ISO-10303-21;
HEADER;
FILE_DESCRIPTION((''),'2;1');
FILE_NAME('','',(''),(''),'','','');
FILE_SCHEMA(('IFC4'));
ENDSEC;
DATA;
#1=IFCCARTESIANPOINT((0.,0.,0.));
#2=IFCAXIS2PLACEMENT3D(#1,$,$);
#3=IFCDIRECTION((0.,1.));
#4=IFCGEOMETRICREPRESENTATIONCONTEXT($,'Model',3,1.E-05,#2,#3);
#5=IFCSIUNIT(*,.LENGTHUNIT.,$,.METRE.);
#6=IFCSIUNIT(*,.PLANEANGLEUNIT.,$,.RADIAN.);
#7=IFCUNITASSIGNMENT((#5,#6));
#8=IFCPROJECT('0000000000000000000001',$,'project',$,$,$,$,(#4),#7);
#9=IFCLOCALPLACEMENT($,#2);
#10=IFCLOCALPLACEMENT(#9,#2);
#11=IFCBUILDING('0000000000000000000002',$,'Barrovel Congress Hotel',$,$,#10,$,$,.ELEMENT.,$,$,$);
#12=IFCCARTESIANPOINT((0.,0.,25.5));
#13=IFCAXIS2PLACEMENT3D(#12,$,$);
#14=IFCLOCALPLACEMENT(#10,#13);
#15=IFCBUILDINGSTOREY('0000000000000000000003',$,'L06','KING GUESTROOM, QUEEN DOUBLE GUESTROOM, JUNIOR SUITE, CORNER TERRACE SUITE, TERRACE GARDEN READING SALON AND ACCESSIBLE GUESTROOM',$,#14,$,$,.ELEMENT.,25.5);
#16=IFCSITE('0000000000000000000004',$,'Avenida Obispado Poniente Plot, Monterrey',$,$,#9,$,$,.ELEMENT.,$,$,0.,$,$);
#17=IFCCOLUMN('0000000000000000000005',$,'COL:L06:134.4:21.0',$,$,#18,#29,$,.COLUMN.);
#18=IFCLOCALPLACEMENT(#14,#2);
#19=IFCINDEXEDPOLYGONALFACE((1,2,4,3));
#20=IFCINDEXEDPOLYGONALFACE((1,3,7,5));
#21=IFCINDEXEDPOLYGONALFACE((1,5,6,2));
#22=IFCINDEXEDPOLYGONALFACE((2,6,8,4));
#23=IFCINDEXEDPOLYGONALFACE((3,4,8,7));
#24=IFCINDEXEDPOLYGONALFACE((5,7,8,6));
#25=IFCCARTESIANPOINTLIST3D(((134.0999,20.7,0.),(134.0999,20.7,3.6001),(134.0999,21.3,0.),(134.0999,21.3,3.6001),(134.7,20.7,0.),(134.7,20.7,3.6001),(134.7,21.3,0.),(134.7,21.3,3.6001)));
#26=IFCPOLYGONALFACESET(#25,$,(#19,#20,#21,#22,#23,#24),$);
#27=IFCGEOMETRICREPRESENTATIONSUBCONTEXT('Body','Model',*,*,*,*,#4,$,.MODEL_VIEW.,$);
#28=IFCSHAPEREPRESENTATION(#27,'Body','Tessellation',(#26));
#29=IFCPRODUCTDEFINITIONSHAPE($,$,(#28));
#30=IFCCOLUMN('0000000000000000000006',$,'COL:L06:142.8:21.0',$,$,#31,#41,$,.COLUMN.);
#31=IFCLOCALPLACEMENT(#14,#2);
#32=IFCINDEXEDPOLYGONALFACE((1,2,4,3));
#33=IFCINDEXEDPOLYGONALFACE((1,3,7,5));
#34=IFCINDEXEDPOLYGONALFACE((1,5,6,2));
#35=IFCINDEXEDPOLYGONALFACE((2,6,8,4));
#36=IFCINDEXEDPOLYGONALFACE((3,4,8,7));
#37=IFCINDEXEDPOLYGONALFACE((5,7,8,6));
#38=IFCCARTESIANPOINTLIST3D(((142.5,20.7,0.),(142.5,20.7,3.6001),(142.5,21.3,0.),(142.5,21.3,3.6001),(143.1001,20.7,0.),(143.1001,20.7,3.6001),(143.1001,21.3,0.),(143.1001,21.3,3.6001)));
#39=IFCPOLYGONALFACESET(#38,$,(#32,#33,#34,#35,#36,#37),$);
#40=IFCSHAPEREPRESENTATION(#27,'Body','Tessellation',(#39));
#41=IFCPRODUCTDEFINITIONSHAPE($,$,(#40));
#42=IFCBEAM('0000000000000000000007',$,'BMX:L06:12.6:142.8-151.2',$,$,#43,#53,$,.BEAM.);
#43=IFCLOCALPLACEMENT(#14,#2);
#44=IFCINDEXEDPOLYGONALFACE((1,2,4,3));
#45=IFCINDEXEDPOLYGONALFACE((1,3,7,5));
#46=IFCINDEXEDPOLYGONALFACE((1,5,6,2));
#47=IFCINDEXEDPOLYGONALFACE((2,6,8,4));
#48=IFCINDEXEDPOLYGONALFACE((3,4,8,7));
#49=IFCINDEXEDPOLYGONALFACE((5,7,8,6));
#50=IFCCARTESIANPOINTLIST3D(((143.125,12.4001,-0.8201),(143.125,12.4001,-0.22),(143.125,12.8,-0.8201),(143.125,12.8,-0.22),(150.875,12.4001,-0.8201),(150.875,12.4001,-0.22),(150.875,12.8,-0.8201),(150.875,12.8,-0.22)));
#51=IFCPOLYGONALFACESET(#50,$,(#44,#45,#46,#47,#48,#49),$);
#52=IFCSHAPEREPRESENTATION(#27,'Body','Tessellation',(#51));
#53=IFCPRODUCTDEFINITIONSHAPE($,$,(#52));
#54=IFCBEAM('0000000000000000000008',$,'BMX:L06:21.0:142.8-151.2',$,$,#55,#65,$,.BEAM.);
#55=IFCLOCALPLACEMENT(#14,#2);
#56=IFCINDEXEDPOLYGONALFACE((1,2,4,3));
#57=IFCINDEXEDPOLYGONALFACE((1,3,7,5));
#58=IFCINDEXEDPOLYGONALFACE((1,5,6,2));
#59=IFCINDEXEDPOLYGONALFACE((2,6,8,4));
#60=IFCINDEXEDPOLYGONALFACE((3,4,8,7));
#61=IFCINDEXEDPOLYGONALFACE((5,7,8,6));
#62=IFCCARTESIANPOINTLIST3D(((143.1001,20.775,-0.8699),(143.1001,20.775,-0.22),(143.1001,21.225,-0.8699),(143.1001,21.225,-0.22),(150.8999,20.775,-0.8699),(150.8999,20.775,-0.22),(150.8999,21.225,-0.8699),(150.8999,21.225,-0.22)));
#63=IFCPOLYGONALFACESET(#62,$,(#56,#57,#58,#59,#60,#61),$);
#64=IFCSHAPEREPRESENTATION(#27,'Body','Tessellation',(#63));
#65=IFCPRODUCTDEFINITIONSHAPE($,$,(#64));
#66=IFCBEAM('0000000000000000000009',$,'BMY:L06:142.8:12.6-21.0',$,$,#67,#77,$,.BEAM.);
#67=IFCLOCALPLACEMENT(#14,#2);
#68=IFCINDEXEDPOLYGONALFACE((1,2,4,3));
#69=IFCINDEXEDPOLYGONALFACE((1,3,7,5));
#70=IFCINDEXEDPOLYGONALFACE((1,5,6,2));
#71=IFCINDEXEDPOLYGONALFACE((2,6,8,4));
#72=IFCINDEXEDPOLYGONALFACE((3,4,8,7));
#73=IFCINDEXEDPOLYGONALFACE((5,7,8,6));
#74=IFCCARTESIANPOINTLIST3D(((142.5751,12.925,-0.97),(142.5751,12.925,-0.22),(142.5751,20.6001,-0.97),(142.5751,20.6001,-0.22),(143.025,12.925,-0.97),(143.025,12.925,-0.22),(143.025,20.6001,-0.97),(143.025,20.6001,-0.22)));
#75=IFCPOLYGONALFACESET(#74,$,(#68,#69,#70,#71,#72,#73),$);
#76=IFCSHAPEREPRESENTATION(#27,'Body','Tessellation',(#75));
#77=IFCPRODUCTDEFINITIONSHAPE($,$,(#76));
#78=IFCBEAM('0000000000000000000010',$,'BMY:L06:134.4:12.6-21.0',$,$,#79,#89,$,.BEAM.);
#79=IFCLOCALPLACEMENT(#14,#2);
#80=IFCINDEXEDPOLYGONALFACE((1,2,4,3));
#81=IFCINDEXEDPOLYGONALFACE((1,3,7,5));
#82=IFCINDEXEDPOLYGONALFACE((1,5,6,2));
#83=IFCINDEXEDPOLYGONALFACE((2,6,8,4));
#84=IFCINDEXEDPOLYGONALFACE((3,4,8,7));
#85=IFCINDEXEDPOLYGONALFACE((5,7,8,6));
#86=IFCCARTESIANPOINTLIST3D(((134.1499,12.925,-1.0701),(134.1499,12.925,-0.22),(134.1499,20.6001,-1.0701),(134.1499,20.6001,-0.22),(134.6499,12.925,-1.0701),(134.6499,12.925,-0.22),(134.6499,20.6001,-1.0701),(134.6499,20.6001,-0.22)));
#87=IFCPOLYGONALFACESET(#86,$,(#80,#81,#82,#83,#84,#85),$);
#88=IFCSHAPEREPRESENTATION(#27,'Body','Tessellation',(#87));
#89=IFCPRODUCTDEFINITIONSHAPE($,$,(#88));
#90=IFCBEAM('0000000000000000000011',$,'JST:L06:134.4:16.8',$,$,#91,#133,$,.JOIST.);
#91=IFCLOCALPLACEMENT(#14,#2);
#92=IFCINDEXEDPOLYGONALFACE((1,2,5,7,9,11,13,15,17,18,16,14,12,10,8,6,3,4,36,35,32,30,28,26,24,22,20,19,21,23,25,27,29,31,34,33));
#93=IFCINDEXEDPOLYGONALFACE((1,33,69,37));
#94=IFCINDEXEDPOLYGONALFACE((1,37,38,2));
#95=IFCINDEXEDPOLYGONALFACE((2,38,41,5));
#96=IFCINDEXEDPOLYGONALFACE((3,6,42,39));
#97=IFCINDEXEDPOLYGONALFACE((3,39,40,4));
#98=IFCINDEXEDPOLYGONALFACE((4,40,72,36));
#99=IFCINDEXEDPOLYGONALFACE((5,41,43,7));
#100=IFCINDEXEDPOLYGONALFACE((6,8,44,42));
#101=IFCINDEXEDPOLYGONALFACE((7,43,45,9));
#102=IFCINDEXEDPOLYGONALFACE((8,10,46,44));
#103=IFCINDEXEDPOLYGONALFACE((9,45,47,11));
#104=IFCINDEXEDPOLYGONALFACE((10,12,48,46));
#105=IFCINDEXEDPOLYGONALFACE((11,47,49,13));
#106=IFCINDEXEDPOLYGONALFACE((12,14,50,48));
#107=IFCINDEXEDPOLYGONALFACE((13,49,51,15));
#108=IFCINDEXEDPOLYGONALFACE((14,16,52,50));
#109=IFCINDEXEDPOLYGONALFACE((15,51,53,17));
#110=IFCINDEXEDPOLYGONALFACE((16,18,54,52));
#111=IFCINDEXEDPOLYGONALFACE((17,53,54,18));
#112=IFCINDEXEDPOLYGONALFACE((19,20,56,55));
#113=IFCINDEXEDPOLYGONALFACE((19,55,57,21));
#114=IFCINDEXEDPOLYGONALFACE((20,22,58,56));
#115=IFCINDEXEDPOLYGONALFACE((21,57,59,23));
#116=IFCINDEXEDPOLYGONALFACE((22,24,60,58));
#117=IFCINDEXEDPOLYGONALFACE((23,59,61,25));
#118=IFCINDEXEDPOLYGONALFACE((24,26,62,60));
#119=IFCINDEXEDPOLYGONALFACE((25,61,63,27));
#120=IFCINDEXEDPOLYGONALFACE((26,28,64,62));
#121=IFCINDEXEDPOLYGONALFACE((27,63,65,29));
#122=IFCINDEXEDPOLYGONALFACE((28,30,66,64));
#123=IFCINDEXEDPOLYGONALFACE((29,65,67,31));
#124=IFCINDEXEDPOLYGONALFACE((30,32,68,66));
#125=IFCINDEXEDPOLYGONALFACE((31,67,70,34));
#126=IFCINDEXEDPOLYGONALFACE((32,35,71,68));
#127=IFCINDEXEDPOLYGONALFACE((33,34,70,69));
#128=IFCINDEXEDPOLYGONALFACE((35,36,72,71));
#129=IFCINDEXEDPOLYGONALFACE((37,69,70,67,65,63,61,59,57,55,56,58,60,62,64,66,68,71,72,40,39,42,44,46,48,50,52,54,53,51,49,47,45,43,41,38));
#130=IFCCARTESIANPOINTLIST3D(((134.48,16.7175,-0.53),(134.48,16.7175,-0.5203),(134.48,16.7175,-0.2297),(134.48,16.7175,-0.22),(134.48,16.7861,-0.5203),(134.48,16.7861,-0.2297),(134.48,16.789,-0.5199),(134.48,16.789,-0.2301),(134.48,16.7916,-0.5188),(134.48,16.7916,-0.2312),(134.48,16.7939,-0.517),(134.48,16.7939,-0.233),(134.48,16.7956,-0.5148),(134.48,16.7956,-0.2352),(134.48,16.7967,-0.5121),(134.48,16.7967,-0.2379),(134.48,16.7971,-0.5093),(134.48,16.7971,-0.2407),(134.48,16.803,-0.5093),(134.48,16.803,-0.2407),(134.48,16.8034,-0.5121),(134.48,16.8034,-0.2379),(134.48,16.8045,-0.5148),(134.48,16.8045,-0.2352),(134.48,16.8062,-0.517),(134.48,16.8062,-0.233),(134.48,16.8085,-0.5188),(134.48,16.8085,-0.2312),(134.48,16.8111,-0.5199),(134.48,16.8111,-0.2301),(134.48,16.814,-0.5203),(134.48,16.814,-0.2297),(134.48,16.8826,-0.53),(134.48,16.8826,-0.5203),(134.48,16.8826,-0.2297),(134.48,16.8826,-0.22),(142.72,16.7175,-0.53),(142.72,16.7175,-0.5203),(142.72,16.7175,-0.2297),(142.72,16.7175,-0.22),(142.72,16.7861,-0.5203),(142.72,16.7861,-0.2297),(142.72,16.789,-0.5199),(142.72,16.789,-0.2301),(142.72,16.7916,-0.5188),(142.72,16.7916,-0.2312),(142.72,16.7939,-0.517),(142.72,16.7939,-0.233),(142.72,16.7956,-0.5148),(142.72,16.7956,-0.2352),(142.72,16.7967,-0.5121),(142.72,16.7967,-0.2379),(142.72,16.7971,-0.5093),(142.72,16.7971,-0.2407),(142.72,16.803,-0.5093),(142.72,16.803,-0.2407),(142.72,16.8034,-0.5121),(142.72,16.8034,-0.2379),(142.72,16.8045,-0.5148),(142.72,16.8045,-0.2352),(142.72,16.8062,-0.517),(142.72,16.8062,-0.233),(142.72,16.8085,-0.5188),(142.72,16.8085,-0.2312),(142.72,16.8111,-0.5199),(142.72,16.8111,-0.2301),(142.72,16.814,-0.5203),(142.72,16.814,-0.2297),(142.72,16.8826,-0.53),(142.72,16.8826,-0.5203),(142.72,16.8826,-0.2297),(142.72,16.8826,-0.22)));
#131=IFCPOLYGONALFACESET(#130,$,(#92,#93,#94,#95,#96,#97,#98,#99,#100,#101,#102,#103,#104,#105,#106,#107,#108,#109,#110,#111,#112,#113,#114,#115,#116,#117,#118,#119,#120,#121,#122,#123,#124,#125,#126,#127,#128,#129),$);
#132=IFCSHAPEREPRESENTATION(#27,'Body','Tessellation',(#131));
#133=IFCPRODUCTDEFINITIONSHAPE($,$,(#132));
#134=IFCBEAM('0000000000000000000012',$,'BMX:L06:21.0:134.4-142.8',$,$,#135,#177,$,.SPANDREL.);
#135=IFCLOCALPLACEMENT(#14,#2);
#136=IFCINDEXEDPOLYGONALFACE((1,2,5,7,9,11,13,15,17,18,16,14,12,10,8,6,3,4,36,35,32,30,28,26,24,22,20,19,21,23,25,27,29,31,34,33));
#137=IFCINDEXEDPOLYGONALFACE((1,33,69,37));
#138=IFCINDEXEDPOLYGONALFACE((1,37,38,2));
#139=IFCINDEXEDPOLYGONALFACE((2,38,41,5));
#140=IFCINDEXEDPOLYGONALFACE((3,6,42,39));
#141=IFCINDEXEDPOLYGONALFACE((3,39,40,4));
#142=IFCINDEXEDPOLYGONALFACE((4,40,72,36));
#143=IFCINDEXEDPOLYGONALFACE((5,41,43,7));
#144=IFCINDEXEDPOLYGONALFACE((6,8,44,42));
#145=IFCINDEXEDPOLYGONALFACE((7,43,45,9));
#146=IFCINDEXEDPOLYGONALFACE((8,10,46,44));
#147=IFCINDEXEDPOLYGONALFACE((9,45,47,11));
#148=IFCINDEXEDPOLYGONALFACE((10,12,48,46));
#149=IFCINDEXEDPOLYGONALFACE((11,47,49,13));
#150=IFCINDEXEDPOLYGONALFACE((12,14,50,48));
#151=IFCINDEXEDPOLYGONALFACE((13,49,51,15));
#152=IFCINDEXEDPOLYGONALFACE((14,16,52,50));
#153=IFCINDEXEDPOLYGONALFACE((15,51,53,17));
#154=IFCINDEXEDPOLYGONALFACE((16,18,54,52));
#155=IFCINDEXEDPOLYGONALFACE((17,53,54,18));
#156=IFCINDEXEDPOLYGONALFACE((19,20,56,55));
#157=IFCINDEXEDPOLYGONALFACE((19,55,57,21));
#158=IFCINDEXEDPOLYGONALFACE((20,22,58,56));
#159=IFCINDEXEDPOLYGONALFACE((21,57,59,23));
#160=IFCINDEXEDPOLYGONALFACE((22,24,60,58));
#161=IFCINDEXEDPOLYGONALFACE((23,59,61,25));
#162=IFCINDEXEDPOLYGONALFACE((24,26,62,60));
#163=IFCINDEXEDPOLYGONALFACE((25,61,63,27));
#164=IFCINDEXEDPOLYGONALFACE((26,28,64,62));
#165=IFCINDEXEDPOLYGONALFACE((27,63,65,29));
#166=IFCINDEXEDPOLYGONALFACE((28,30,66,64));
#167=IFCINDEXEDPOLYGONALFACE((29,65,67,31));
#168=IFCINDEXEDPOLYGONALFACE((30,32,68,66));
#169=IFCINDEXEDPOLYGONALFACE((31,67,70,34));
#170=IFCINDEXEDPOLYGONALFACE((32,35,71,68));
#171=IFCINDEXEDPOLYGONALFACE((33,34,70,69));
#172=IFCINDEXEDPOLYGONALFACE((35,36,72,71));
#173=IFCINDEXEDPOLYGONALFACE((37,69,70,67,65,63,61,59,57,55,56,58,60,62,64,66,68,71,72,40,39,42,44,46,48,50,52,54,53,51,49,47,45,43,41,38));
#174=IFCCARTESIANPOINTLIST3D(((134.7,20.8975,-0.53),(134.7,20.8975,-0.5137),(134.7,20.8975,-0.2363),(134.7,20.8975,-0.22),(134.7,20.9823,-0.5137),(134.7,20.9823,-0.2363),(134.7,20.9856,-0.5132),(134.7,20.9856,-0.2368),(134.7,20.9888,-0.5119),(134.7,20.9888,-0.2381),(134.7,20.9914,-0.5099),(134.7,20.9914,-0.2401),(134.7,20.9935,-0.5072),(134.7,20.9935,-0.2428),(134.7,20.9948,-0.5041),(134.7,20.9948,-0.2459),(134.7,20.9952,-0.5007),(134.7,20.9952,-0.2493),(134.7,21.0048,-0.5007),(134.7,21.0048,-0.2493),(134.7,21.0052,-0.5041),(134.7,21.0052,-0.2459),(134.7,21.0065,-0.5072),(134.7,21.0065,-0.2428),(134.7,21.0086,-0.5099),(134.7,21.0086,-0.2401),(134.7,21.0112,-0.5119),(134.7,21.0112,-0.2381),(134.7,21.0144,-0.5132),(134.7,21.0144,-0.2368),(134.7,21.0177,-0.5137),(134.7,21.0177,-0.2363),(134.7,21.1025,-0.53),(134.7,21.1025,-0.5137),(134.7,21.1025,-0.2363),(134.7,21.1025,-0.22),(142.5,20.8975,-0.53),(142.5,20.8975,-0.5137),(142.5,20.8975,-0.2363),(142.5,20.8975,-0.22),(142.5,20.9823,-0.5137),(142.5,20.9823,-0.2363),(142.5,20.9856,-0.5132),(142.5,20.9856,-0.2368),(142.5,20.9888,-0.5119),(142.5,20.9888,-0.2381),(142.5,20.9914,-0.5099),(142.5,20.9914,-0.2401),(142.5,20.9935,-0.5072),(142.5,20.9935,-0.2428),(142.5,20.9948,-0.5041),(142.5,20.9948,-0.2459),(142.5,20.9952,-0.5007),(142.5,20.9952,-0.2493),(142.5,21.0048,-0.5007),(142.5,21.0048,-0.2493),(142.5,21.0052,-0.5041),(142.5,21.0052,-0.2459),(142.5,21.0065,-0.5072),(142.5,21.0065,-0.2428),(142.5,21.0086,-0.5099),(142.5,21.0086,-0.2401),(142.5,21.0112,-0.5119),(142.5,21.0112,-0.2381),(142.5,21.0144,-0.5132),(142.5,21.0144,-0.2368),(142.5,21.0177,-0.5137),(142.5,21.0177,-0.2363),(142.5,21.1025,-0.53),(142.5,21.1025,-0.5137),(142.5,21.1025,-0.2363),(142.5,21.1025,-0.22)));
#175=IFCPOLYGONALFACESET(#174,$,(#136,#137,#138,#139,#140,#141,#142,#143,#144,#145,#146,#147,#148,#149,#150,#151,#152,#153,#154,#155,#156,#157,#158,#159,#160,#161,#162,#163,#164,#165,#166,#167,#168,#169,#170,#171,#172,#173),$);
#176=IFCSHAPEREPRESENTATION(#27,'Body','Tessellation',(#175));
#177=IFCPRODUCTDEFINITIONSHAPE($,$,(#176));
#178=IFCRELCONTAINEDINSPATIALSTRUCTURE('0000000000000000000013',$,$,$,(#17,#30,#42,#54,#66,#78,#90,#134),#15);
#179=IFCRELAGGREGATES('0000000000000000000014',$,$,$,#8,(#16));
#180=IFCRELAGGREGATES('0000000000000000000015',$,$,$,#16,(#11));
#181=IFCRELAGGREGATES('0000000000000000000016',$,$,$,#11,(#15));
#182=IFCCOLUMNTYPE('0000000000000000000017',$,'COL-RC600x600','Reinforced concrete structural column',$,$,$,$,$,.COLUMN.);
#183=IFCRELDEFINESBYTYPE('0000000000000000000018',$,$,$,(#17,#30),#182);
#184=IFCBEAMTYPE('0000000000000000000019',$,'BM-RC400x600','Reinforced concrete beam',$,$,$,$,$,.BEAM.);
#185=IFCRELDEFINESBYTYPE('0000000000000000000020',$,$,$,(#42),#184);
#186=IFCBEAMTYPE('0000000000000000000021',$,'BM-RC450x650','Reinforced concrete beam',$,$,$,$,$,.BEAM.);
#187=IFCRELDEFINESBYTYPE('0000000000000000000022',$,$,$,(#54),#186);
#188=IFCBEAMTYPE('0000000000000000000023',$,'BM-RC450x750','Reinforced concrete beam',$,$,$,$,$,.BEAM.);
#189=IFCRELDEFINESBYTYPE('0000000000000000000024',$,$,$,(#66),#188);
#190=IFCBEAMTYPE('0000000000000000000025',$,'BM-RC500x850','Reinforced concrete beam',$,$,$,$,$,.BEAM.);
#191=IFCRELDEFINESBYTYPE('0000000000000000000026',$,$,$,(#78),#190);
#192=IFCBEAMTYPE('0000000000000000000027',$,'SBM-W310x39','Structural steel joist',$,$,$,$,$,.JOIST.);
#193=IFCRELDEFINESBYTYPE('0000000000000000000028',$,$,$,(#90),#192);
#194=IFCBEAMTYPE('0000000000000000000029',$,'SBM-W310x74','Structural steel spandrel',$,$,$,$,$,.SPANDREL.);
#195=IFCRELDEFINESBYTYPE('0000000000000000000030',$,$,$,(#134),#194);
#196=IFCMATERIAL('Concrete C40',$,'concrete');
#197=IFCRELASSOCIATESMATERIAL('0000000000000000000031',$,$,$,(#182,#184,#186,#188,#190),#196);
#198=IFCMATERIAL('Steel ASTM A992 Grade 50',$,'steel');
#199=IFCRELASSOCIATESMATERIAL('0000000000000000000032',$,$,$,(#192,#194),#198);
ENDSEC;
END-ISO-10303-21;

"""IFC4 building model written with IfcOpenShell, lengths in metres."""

from ifc_helpers import new_model, si_unit, direction, frame, origin, origin_2d, place, context, subcontext, project, spatial, rectangle, i_section, extrude, material, material_profile, profile_set, type_object, element, save


model = new_model("IFC4")

# Units and contexts
model_context = context("Model", 3, precision=1e-05, world=origin(), true_north=direction((0.0, 1.0)))
body_context = subcontext(model_context, "Body", "Model", "MODEL_VIEW")
ifc_project = project(units=[si_unit("LENGTHUNIT", "METRE"), si_unit("PLANEANGLEUNIT", "RADIAN")], contexts=[model_context])

# Site, building, storey
site_placement = place(None, origin())
site = spatial("IfcSite", under=ifc_project, at=site_placement, Name="Avenida Obispado Poniente Plot, Monterrey", CompositionType="ELEMENT", RefElevation=0.0)
building_placement = place(site_placement, origin())
building = spatial("IfcBuilding", under=site, at=building_placement, Name="Barrovel Congress Hotel", CompositionType="ELEMENT")
storey_placement = place(building_placement, frame((0.0, 0.0, 25.5)))
storey = spatial("IfcBuildingStorey", under=building, at=storey_placement, Name="L06", Description="KING GUESTROOM, QUEEN DOUBLE GUESTROOM, JUNIOR SUITE, CORNER TERRACE SUITE, TERRACE GARDEN READING SALON AND ACCESSIBLE GUESTROOM", CompositionType="ELEMENT", Elevation=25.5)

# Columns
ifc_material_1 = material(Name="Concrete C40", Category="concrete")
ifc_material_profile_1 = material_profile(ifc_material_1, rectangle(XDim=0.6001, YDim=0.6001, at=origin_2d()), Name="RC600x600")
ifc_profile_set_1 = profile_set([ifc_material_profile_1], Name="Concrete C40")
column_type = type_object("IfcColumnType", Name="COL-RC600x600", Description="Reinforced concrete structural column", PredefinedType="COLUMN", material=ifc_profile_set_1)
for number, where, z_axis, x_axis, name in (
    (1, (134.3999, 21.0, 0.0), (0.0, 0.0, 1.0), (1.0, 0.0, 0.0), "COL:L06:134.4:21.0"),
    (2, (142.8, 21.0, 0.0), (0.0, 0.0, 1.0), (1.0, 0.0, 0.0), "COL:L06:142.8:21.0"),
):
    element("IfcColumn", number, at=place(storey_placement, frame(where, z_axis=z_axis, x_axis=x_axis)), inside=storey, type_object=column_type, Name=name, PredefinedType="COLUMN", context=body_context, shape_type="SweptSolid", body=[
        extrude(rectangle(XDim=0.6001, YDim=0.6001, at=origin_2d()), origin(), (0.0, 0.0, 1.0), 3.6001),
    ])

# Beams
ifc_material_profile_2 = material_profile(ifc_material_1, rectangle(XDim=0.3999, YDim=0.6001, at=origin_2d()), Name="RC400x600")
ifc_profile_set_2 = profile_set([ifc_material_profile_2], Name="Concrete C40")
beam_type_1 = type_object("IfcBeamType", Name="BM-RC400x600", Description="Reinforced concrete beam", PredefinedType="BEAM", material=ifc_profile_set_2)
beam_1_placement = place(storey_placement, frame((143.125, 12.6001, -0.52), z_axis=(1.0, 0.0, 0.0), x_axis=(0.0, 1.0, 0.0)))
element("IfcBeam", 3, at=beam_1_placement, inside=storey, type_object=beam_type_1, Name="BMX:L06:12.6:142.8-151.2", PredefinedType="BEAM", context=body_context, shape_type="SweptSolid", body=[
    extrude(rectangle(XDim=0.3999, YDim=0.6001, at=origin_2d()), origin(), (0.0, 0.0, 1.0), 7.75),
])
ifc_material_profile_3 = material_profile(ifc_material_1, rectangle(XDim=0.45, YDim=0.6499, at=origin_2d()), Name="RC450x650")
ifc_profile_set_3 = profile_set([ifc_material_profile_3], Name="Concrete C40")
beam_type_2 = type_object("IfcBeamType", Name="BM-RC450x650", Description="Reinforced concrete beam", PredefinedType="BEAM", material=ifc_profile_set_3)
beam_2_placement = place(storey_placement, frame((143.1001, 21.0, -0.5449), z_axis=(1.0, 0.0, 0.0), x_axis=(0.0, 1.0, 0.0)))
element("IfcBeam", 4, at=beam_2_placement, inside=storey, type_object=beam_type_2, Name="BMX:L06:21.0:142.8-151.2", PredefinedType="BEAM", context=body_context, shape_type="SweptSolid", body=[
    extrude(rectangle(XDim=0.45, YDim=0.6499, at=origin_2d()), origin(), (0.0, 0.0, 1.0), 7.7998),
])
ifc_material_profile_4 = material_profile(ifc_material_1, rectangle(XDim=0.45, YDim=0.75, at=origin_2d()), Name="RC450x750")
ifc_profile_set_4 = profile_set([ifc_material_profile_4], Name="Concrete C40")
beam_type_3 = type_object("IfcBeamType", Name="BM-RC450x750", Description="Reinforced concrete beam", PredefinedType="BEAM", material=ifc_profile_set_4)
beam_3_placement = place(storey_placement, frame((142.8, 12.925, -0.595), z_axis=(0.0, 1.0, 0.0), x_axis=(-1.0, 0.0, 0.0)))
element("IfcBeam", 5, at=beam_3_placement, inside=storey, type_object=beam_type_3, Name="BMY:L06:142.8:12.6-21.0", PredefinedType="BEAM", context=body_context, shape_type="SweptSolid", body=[
    extrude(rectangle(XDim=0.45, YDim=0.75, at=origin_2d()), origin(), (0.0, 0.0, 1.0), 7.675),
])
ifc_material_profile_5 = material_profile(ifc_material_1, rectangle(XDim=0.5, YDim=0.8501, at=origin_2d()), Name="RC500x850")
ifc_profile_set_5 = profile_set([ifc_material_profile_5], Name="Concrete C40")
beam_type_4 = type_object("IfcBeamType", Name="BM-RC500x850", Description="Reinforced concrete beam", PredefinedType="BEAM", material=ifc_profile_set_5)
beam_4_placement = place(storey_placement, frame((134.3999, 12.925, -0.645), z_axis=(0.0, 1.0, 0.0), x_axis=(-1.0, 0.0, 0.0)))
element("IfcBeam", 6, at=beam_4_placement, inside=storey, type_object=beam_type_4, Name="BMY:L06:134.4:12.6-21.0", PredefinedType="BEAM", context=body_context, shape_type="SweptSolid", body=[
    extrude(rectangle(XDim=0.5, YDim=0.8501, at=origin_2d()), origin(), (0.0, 0.0, 1.0), 7.675),
])
ifc_material_2 = material(Name="Steel ASTM A992 Grade 50", Category="steel")
ifc_material_profile_6 = material_profile(ifc_material_2, i_section(OverallWidth=0.165, OverallDepth=0.3101, WebThickness=0.0059, FlangeThickness=0.0098, FilletRadius=0.011, at=origin_2d()), Name="W310x39")
ifc_profile_set_6 = profile_set([ifc_material_profile_6], Name="Steel ASTM A992 Grade 50")
beam_type_5 = type_object("IfcBeamType", Name="SBM-W310x39", Description="Structural steel joist", PredefinedType="JOIST", material=ifc_profile_set_6)
beam_5_placement = place(storey_placement, frame((134.48, 16.8, -0.375), z_axis=(1.0, 0.0, 0.0), x_axis=(0.0, 1.0, 0.0)))
element("IfcBeam", 7, at=beam_5_placement, inside=storey, type_object=beam_type_5, Name="JST:L06:134.4:16.8", PredefinedType="JOIST", context=body_context, shape_type="SweptSolid", body=[
    extrude(i_section(OverallWidth=0.165, OverallDepth=0.3101, WebThickness=0.0059, FlangeThickness=0.0098, FilletRadius=0.011, at=origin_2d()), origin(), (0.0, 0.0, 1.0), 8.24),
])
ifc_material_profile_7 = material_profile(ifc_material_2, i_section(OverallWidth=0.2051, OverallDepth=0.3101, WebThickness=0.0095, FlangeThickness=0.0164, FilletRadius=0.0129, at=origin_2d()), Name="W310x74")
ifc_profile_set_7 = profile_set([ifc_material_profile_7], Name="Steel ASTM A992 Grade 50")
beam_type_6 = type_object("IfcBeamType", Name="SBM-W310x74", Description="Structural steel spandrel", PredefinedType="SPANDREL", material=ifc_profile_set_7)
beam_6_placement = place(storey_placement, frame((134.7, 21.0, -0.375), z_axis=(1.0, 0.0, 0.0), x_axis=(0.0, 1.0, 0.0)))
element("IfcBeam", 8, at=beam_6_placement, inside=storey, type_object=beam_type_6, Name="BMX:L06:21.0:134.4-142.8", PredefinedType="SPANDREL", context=body_context, shape_type="SweptSolid", body=[
    extrude(i_section(OverallWidth=0.2051, OverallDepth=0.3101, WebThickness=0.0095, FlangeThickness=0.0164, FilletRadius=0.0129, at=origin_2d()), origin(), (0.0, 0.0, 1.0), 7.8),
])

save(model, "model.ifc")
